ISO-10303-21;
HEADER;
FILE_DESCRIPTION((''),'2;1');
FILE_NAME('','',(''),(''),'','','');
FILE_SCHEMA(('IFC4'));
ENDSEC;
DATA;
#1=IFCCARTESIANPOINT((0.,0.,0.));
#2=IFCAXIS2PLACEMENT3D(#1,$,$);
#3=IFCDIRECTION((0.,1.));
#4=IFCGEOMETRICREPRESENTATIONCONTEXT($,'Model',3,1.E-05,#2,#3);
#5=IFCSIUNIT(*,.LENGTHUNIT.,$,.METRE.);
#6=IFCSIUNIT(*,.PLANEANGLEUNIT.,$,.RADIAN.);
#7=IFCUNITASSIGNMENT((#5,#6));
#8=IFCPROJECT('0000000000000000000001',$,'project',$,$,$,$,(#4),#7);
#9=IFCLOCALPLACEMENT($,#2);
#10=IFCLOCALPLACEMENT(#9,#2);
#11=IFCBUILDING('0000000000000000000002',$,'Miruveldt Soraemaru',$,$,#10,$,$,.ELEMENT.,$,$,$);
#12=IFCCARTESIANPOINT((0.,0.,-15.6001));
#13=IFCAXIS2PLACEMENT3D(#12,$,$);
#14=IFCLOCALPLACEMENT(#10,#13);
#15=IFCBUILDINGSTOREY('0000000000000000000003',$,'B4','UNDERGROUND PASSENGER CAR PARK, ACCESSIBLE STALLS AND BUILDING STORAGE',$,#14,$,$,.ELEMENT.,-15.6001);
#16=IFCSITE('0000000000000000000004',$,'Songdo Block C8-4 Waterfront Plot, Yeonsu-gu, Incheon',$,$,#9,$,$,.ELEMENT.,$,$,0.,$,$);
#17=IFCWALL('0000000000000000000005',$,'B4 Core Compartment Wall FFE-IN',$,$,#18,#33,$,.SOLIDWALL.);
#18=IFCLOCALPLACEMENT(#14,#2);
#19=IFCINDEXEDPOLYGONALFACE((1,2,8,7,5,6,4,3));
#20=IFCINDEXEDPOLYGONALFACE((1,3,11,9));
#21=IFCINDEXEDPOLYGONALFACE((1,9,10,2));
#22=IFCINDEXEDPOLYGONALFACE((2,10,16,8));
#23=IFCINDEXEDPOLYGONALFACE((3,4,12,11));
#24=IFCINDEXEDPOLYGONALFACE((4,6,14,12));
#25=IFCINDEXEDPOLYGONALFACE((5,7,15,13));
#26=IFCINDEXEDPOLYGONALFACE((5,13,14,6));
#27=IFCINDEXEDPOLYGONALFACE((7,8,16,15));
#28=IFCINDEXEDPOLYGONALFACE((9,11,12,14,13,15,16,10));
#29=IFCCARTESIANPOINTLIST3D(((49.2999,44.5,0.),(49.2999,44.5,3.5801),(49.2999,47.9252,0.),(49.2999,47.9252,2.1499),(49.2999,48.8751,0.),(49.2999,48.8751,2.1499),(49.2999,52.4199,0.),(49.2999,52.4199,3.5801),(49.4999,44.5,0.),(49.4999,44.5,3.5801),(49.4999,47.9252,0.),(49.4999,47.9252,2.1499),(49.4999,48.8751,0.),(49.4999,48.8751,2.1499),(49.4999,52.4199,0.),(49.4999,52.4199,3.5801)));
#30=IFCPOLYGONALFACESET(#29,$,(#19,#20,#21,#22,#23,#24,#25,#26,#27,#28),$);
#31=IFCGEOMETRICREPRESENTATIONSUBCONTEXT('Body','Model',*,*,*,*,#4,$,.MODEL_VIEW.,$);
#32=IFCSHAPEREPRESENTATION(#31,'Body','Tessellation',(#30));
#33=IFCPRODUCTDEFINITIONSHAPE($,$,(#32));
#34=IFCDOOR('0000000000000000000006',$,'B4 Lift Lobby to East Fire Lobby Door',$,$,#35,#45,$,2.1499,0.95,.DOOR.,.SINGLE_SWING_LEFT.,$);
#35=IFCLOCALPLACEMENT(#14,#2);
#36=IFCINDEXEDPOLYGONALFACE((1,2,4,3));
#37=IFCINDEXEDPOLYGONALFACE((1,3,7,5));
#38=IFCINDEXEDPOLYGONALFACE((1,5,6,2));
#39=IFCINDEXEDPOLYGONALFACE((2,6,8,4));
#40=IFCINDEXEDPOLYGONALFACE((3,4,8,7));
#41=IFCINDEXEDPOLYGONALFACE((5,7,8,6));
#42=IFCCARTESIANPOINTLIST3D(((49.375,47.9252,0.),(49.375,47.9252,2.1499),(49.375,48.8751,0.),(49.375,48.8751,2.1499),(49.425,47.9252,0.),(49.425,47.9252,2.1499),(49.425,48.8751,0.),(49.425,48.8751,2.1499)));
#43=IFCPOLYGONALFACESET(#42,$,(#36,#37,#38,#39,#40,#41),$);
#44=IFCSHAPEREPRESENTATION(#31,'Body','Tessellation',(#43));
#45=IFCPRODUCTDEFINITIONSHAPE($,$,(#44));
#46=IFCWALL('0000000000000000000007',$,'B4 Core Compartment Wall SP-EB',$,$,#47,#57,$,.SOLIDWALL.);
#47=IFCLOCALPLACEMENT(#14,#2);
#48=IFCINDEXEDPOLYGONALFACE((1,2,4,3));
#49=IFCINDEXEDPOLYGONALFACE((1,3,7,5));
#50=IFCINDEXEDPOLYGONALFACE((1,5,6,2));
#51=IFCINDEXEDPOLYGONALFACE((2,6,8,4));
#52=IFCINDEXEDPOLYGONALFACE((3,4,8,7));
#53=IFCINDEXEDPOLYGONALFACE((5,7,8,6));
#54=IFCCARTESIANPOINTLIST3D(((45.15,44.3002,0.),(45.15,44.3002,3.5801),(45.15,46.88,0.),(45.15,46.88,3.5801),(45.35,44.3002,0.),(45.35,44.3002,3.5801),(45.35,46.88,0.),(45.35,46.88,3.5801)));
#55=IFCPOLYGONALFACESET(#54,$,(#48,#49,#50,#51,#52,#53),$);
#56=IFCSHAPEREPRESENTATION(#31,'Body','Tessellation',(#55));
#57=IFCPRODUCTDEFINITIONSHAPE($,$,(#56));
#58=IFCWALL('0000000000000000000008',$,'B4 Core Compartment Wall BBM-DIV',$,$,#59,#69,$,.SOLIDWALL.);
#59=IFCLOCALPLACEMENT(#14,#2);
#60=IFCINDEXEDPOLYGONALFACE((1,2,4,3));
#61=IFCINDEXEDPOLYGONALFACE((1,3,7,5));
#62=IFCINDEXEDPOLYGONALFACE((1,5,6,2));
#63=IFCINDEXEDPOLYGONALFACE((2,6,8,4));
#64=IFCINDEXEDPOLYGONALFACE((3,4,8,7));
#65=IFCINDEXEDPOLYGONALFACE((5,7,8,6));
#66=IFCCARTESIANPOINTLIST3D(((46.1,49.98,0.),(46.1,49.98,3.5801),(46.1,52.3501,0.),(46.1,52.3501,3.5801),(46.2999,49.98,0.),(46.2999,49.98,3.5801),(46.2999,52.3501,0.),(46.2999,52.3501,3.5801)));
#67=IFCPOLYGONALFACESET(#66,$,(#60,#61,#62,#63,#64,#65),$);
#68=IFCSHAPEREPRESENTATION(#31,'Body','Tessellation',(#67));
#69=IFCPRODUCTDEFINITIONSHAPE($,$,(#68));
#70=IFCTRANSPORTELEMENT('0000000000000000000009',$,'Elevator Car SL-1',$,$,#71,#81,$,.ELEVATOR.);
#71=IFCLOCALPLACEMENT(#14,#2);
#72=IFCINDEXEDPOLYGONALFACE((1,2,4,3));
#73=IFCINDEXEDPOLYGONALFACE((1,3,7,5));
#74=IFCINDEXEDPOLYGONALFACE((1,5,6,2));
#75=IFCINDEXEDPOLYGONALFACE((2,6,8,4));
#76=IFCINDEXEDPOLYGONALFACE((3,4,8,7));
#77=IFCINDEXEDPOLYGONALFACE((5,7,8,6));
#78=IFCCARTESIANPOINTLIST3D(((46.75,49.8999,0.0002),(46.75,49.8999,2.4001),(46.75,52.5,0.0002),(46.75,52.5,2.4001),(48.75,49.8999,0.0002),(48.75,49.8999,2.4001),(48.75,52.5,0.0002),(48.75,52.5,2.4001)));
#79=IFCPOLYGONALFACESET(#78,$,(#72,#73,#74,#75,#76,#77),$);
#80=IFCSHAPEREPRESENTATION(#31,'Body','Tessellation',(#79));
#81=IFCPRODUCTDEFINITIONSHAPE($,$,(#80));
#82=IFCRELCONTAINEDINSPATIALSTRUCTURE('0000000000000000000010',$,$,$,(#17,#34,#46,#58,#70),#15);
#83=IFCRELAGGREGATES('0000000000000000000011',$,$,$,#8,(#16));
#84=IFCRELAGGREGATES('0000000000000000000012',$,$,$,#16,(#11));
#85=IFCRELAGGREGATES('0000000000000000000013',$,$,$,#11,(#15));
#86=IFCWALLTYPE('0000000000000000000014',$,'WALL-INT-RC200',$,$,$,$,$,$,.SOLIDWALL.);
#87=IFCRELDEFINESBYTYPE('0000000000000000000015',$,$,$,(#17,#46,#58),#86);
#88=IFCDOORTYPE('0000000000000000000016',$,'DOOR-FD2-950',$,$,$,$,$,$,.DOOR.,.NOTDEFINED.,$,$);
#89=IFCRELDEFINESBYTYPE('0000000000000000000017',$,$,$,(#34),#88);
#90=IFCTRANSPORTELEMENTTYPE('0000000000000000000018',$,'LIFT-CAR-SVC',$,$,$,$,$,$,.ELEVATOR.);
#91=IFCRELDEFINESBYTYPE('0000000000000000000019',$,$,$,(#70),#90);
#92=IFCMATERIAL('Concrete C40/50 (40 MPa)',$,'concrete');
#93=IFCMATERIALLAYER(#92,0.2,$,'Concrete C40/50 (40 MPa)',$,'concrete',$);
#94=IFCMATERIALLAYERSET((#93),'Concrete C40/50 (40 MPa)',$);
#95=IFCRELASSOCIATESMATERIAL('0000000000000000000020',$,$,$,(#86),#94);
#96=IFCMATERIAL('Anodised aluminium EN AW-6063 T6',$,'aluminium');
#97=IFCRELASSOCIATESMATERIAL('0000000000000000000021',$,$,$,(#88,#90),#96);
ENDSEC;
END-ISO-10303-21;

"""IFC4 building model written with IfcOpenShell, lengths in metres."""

from ifc_helpers import new_model, si_unit, direction, frame, frame_2d, origin, origin_2d, place, context, subcontext, project, spatial, rectangle, extrude, material, layer, layer_set, type_object, element, fill, save


model = new_model("IFC4")

# Units and contexts
model_context = context("Model", 3, precision=1e-05, world=origin(), true_north=direction((0.0, 1.0)))
body_context = subcontext(model_context, "Body", "Model", "MODEL_VIEW")
ifc_project = project(units=[si_unit("LENGTHUNIT", "METRE"), si_unit("PLANEANGLEUNIT", "RADIAN")], contexts=[model_context])

# Site, building, storey
site_placement = place(None, origin())
site = spatial("IfcSite", under=ifc_project, at=site_placement, Name="Songdo Block C8-4 Waterfront Plot, Yeonsu-gu, Incheon", CompositionType="ELEMENT", RefElevation=0.0)
building_placement = place(site_placement, origin())
building = spatial("IfcBuilding", under=site, at=building_placement, Name="Miruveldt Soraemaru", CompositionType="ELEMENT")
storey_placement = place(building_placement, frame((0.0, 0.0, -15.6001)))
storey = spatial("IfcBuildingStorey", under=building, at=storey_placement, Name="B4", Description="UNDERGROUND PASSENGER CAR PARK, ACCESSIBLE STALLS AND BUILDING STORAGE", CompositionType="ELEMENT", Elevation=-15.6001)

# Wall, opening, door
ifc_material_1 = material(Name="Concrete C40/50 (40 MPa)", Category="concrete")
ifc_layer_1 = layer(ifc_material_1, 0.2, Name="Concrete C40/50 (40 MPa)", Category="concrete")
ifc_layer_set_1 = layer_set([ifc_layer_1], Name="Concrete C40/50 (40 MPa)")
wall_type_1 = type_object("IfcWallType", Name="WALL-INT-RC200", PredefinedType="SOLIDWALL", material=ifc_layer_set_1)
wall_1_placement = place(storey_placement, frame((49.3999, 44.5, 0.0), z_axis=(0.0, 0.0, 1.0), x_axis=(0.0, 1.0, 0.0)))
wall_1 = element("IfcWall", 1, at=wall_1_placement, inside=storey, type_object=wall_type_1, Name="B4 Core Compartment Wall FFE-IN", PredefinedType="SOLIDWALL", context=body_context, shape_type="SweptSolid", body=[
    extrude(rectangle(XDim=7.9199, YDim=0.2, at=frame_2d((3.96, 0.0))), origin(), (0.0, 0.0, 1.0), 3.5801),
])
opening_1_placement = place(wall_1_placement, frame((3.425, 0.0, 0.0)))
opening_1 = element("IfcOpeningElement", 2, at=opening_1_placement, cuts=wall_1, PredefinedType="OPENING", context=body_context, shape_type="SweptSolid", body=[
    extrude(rectangle(XDim=0.95, YDim=2.1499, at=frame_2d((0.4751, 1.075))), frame((0.0, 0.1099, 0.0), z_axis=(0.0, -1.0, 0.0), x_axis=(1.0, 0.0, 0.0)), (0.0, 0.0, 1.0), 0.22),
])
ifc_material_2 = material(Name="Anodised aluminium EN AW-6063 T6", Category="aluminium")
door_type_1 = type_object("IfcDoorType", Name="DOOR-FD2-950", OperationType="NOTDEFINED", PredefinedType="DOOR", material=ifc_material_2)
door_1_placement = place(opening_1_placement, origin())
door_1 = element("IfcDoor", 3, at=door_1_placement, inside=storey, type_object=door_type_1, Name="B4 Lift Lobby to East Fire Lobby Door", OperationType="SINGLE_SWING_LEFT", OverallHeight=2.1499, OverallWidth=0.95, PredefinedType="DOOR", context=body_context, shape_type="SweptSolid", body=[
    extrude(rectangle(XDim=0.95, YDim=2.1499, at=frame_2d((0.4751, 1.075))), frame((0.0, 0.0249, 0.0), z_axis=(0.0, -1.0, 0.0), x_axis=(1.0, 0.0, 0.0)), (0.0, 0.0, 1.0), 0.05),
])
fill(opening_1, door_1)

# Walls
wall_2_placement = place(storey_placement, frame((45.25, 44.3, 0.0), z_axis=(0.0, 0.0, 1.0), x_axis=(0.0, 1.0, 0.0)))
element("IfcWall", 4, at=wall_2_placement, inside=storey, type_object=wall_type_1, Name="B4 Core Compartment Wall SP-EB", PredefinedType="SOLIDWALL", context=body_context, shape_type="SweptSolid", body=[
    extrude(rectangle(XDim=2.5798, YDim=0.2, at=frame_2d((1.29, 0.0))), origin(), (0.0, 0.0, 1.0), 3.5801),
])
wall_3_placement = place(storey_placement, frame((46.2, 49.98, 0.0), z_axis=(0.0, 0.0, 1.0), x_axis=(0.0, 1.0, 0.0)))
element("IfcWall", 5, at=wall_3_placement, inside=storey, type_object=wall_type_1, Name="B4 Core Compartment Wall BBM-DIV", PredefinedType="SOLIDWALL", context=body_context, shape_type="SweptSolid", body=[
    extrude(rectangle(XDim=2.3701, YDim=0.2, at=frame_2d((1.1851, 0.0))), origin(), (0.0, 0.0, 1.0), 3.5801),
])

# Transport element
transport_element_type = type_object("IfcTransportElementType", Name="LIFT-CAR-SVC", PredefinedType="ELEVATOR", material=ifc_material_2)
transport_element_placement = place(storey_placement, frame((47.75, 51.2, 0.0002), z_axis=(0.0, 0.0, 1.0), x_axis=(1.0, 0.0, 0.0)))
element("IfcTransportElement", 6, at=transport_element_placement, inside=storey, type_object=transport_element_type, Name="Elevator Car SL-1", PredefinedType="ELEVATOR", context=body_context, shape_type="SweptSolid", body=[
    extrude(rectangle(XDim=2.0, YDim=2.6001, at=origin_2d()), origin(), (0.0, 0.0, 1.0), 2.3999),
])

save(model, "model.ifc")
